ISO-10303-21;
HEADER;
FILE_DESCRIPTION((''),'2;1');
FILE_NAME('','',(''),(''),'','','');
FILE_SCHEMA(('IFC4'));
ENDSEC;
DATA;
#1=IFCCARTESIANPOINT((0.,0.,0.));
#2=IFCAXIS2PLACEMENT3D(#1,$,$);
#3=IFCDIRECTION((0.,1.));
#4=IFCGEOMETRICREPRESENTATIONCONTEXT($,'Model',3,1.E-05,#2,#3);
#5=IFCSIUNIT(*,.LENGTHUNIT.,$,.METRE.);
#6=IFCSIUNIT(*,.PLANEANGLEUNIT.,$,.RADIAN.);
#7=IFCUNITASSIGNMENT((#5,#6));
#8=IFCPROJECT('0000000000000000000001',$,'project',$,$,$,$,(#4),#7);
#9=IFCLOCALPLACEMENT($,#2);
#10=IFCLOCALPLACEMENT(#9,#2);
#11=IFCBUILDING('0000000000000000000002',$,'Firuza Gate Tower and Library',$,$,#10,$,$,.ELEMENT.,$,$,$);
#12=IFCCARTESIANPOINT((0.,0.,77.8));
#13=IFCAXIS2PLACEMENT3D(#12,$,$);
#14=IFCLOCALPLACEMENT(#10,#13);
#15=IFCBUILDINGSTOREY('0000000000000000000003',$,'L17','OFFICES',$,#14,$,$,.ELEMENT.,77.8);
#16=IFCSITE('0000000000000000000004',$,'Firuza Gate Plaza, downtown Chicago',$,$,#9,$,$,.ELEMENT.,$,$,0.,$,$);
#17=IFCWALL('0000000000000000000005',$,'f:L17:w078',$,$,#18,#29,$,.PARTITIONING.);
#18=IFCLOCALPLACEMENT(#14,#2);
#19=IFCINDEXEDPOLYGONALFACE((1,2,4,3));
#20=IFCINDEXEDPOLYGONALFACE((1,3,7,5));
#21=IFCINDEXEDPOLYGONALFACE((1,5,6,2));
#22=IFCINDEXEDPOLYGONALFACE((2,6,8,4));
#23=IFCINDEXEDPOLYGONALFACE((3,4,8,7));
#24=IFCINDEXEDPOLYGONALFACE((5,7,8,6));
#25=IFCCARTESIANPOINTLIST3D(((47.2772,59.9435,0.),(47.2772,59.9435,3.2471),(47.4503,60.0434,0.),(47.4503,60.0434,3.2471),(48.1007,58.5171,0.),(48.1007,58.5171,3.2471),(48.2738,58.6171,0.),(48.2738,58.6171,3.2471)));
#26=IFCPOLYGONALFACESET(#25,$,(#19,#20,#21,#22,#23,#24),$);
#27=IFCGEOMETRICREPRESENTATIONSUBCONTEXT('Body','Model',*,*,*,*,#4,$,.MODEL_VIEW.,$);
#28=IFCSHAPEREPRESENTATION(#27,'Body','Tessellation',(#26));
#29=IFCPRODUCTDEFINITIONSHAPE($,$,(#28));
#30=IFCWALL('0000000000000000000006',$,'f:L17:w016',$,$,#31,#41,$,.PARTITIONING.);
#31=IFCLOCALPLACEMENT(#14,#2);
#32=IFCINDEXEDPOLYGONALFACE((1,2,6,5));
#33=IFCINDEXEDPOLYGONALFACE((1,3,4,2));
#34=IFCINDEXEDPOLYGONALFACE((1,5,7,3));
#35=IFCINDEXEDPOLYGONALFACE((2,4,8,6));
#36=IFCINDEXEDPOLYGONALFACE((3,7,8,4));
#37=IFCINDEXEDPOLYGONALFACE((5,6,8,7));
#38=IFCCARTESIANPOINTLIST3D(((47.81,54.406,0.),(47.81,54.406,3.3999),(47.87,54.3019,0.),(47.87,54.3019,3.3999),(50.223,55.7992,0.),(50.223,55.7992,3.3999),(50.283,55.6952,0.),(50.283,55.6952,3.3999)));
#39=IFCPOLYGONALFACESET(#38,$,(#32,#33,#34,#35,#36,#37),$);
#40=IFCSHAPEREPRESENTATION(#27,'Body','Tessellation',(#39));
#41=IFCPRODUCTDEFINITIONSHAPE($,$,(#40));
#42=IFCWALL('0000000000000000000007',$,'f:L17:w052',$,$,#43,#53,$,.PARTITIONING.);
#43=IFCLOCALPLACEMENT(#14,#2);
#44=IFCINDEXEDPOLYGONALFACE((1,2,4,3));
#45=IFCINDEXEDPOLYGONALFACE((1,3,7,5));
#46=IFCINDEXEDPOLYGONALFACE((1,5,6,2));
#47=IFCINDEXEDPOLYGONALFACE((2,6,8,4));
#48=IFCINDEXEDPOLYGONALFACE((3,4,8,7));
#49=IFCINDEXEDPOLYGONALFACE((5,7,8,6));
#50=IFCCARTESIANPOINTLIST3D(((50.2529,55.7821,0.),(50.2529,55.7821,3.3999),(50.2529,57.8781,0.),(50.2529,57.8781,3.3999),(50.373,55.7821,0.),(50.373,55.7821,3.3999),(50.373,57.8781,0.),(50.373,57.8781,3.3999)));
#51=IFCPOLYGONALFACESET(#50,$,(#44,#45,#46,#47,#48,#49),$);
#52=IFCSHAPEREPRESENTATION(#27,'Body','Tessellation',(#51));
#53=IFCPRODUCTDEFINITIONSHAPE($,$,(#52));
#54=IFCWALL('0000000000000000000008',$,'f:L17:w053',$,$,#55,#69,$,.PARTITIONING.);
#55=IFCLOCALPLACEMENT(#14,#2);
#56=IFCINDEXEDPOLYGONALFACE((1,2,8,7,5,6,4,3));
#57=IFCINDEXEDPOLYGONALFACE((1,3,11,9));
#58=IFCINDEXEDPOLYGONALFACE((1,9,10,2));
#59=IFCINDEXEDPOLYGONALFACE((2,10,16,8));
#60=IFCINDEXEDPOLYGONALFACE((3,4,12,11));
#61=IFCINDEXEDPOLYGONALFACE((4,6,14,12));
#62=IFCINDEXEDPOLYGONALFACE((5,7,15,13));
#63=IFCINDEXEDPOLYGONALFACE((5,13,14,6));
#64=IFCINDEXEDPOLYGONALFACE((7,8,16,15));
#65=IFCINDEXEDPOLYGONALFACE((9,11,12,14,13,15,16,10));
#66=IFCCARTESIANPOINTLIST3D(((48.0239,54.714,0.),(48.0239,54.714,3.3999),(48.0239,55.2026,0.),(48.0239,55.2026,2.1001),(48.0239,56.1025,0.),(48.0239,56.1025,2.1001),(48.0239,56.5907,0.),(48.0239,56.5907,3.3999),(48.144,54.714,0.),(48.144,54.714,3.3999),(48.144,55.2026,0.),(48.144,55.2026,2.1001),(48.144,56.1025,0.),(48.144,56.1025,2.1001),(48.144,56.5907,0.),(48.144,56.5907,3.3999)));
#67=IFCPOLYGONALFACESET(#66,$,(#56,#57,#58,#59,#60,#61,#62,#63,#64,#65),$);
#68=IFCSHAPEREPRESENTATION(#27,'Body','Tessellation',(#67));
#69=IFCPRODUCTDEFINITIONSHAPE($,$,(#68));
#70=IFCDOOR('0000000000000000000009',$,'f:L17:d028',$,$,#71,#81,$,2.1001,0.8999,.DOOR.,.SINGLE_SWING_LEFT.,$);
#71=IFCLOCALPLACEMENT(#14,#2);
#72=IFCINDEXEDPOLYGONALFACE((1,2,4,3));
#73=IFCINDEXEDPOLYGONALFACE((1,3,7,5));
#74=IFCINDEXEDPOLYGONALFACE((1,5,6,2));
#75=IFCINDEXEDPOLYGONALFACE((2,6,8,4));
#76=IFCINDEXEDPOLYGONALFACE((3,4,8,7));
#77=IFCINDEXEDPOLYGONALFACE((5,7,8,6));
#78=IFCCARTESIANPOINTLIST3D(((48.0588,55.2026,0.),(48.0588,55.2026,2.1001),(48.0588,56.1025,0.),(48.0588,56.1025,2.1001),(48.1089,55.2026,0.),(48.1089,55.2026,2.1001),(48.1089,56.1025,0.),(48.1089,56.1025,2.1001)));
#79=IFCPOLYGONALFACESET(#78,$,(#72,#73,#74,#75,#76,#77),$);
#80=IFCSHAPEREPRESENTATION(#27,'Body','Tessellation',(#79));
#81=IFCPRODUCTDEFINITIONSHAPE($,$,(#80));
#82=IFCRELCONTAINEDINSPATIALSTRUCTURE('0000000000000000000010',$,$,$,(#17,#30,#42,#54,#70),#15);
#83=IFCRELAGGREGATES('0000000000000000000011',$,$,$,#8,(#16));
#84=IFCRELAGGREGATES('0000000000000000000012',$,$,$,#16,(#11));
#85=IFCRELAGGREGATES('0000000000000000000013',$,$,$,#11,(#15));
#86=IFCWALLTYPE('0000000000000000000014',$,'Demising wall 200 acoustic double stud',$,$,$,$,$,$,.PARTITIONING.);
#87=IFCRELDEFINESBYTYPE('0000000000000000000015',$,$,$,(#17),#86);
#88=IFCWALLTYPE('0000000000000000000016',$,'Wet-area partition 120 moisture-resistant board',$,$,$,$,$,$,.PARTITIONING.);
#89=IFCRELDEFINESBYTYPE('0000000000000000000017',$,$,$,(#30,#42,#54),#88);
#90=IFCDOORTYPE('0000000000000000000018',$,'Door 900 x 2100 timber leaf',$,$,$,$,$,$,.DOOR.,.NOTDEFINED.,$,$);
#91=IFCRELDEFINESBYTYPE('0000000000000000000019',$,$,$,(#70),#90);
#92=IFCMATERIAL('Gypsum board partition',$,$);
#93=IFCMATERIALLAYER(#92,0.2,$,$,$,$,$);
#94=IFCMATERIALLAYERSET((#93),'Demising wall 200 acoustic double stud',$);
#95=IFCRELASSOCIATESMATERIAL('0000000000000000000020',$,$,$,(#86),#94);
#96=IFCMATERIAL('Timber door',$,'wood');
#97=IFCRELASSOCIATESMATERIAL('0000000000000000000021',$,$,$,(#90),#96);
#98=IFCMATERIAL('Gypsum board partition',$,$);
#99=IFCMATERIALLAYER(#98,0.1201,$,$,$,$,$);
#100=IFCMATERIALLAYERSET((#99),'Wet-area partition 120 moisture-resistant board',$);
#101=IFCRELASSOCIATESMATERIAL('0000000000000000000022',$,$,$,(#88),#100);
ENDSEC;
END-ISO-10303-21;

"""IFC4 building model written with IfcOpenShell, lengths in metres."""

from ifc_helpers import new_model, si_unit, direction, frame, frame_2d, origin, place, context, subcontext, project, spatial, rectangle, extrude, material, layer, layer_set, type_object, element, fill, save


model = new_model("IFC4")

# Units and contexts
model_context = context("Model", 3, precision=1e-05, world=origin(), true_north=direction((0.0, 1.0)))
body_context = subcontext(model_context, "Body", "Model", "MODEL_VIEW")
ifc_project = project(units=[si_unit("LENGTHUNIT", "METRE"), si_unit("PLANEANGLEUNIT", "RADIAN")], contexts=[model_context])

# Site, building, storey
site_placement = place(None, origin())
site = spatial("IfcSite", under=ifc_project, at=site_placement, Name="Firuza Gate Plaza, downtown Chicago", CompositionType="ELEMENT", RefElevation=0.0)
building_placement = place(site_placement, origin())
building = spatial("IfcBuilding", under=site, at=building_placement, Name="Firuza Gate Tower and Library", CompositionType="ELEMENT")
storey_placement = place(building_placement, frame((0.0, 0.0, 77.8)))
storey = spatial("IfcBuildingStorey", under=building, at=storey_placement, Name="L17", Description="OFFICES", CompositionType="ELEMENT", Elevation=77.8)

# Shared definitions
ifc_material_1 = material(Name="Gypsum board partition")
ifc_layer_1 = layer(ifc_material_1, 0.2)
ifc_layer_set_1 = layer_set([ifc_layer_1], Name="Demising wall 200 acoustic double stud")
wall_type_1 = type_object("IfcWallType", Name="Demising wall 200 acoustic double stud", PredefinedType="PARTITIONING", material=ifc_layer_set_1)
ifc_material_2 = material(Name="Timber door", Category="wood")
door_type_1 = type_object("IfcDoorType", Name="Door 900 x 2100 timber leaf", OperationType="NOTDEFINED", PredefinedType="DOOR", material=ifc_material_2)

# Walls
wall_1_placement = place(storey_placement, frame((48.1873, 58.5671, 0.0), z_axis=(0.0, 0.0, 1.0), x_axis=(-0.500013, 0.866018, 0.0)))
element("IfcWall", 1, at=wall_1_placement, inside=storey, type_object=wall_type_1, Name="f:L17:w078", PredefinedType="PARTITIONING", context=body_context, shape_type="SweptSolid", body=[
    extrude(rectangle(XDim=1.647, YDim=0.2, at=frame_2d((0.8235, 0.0))), origin(), (0.0, 0.0, 1.0), 3.2471),
])
ifc_material_3 = material(Name="Gypsum board partition")
ifc_layer_2 = layer(ifc_material_3, 0.1201)
ifc_layer_set_2 = layer_set([ifc_layer_2], Name="Wet-area partition 120 moisture-resistant board")
wall_type_2 = type_object("IfcWallType", Name="Wet-area partition 120 moisture-resistant board", PredefinedType="PARTITIONING", material=ifc_layer_set_2)
wall_2_placement = place(storey_placement, frame((47.8401, 54.354, 0.0), z_axis=(0.0, 0.0, 1.0), x_axis=(0.866008, 0.500031, 0.0)))
element("IfcWall", 2, at=wall_2_placement, inside=storey, type_object=wall_type_2, Name="f:L17:w016", PredefinedType="PARTITIONING", context=body_context, shape_type="SweptSolid", body=[
    extrude(rectangle(XDim=2.7864, YDim=0.1201, at=frame_2d((1.3931, 0.0))), origin(), (0.0, 0.0, 1.0), 3.3999),
])
wall_3_placement = place(storey_placement, frame((50.313, 55.7822, 0.0), z_axis=(0.0, 0.0, 1.0), x_axis=(0.0, 1.0, 0.0)))
element("IfcWall", 3, at=wall_3_placement, inside=storey, type_object=wall_type_2, Name="f:L17:w052", PredefinedType="PARTITIONING", context=body_context, shape_type="SweptSolid", body=[
    extrude(rectangle(XDim=2.0959, YDim=0.1201, at=frame_2d((1.0479, 0.0))), origin(), (0.0, 0.0, 1.0), 3.3999),
])

# Wall, opening, door
wall_4_placement = place(storey_placement, frame((48.084, 56.5908, 0.0), z_axis=(0.0, 0.0, 1.0), x_axis=(0.0, -1.0, 0.0)))
wall_4 = element("IfcWall", 4, at=wall_4_placement, inside=storey, type_object=wall_type_2, Name="f:L17:w053", PredefinedType="PARTITIONING", context=body_context, shape_type="SweptSolid", body=[
    extrude(rectangle(XDim=1.8767, YDim=0.1201, at=frame_2d((0.9385, 0.0))), origin(), (0.0, 0.0, 1.0), 3.3999),
])
opening_1_placement = place(wall_4_placement, frame((0.4883, 0.0, 0.0)))
opening_1 = element("IfcOpeningElement", 5, at=opening_1_placement, cuts=wall_4, PredefinedType="OPENING", context=body_context, shape_type="SweptSolid", body=[
    extrude(rectangle(XDim=0.8999, YDim=2.1001, at=frame_2d((0.45, 1.05))), frame((0.0, 0.0701, 0.0), z_axis=(0.0, -1.0, 0.0), x_axis=(1.0, 0.0, 0.0)), (0.0, 0.0, 1.0), 0.1401),
])
door_1_placement = place(opening_1_placement, origin())
door_1 = element("IfcDoor", 6, at=door_1_placement, inside=storey, type_object=door_type_1, Name="f:L17:d028", OperationType="SINGLE_SWING_LEFT", OverallHeight=2.1001, OverallWidth=0.8999, PredefinedType="DOOR", context=body_context, shape_type="SweptSolid", body=[
    extrude(rectangle(XDim=0.8999, YDim=2.1001, at=frame_2d((0.45, 1.05))), frame((0.0, 0.0249, 0.0), z_axis=(0.0, -1.0, 0.0), x_axis=(1.0, 0.0, 0.0)), (0.0, 0.0, 1.0), 0.05),
])
fill(opening_1, door_1)

save(model, "model.ifc")
